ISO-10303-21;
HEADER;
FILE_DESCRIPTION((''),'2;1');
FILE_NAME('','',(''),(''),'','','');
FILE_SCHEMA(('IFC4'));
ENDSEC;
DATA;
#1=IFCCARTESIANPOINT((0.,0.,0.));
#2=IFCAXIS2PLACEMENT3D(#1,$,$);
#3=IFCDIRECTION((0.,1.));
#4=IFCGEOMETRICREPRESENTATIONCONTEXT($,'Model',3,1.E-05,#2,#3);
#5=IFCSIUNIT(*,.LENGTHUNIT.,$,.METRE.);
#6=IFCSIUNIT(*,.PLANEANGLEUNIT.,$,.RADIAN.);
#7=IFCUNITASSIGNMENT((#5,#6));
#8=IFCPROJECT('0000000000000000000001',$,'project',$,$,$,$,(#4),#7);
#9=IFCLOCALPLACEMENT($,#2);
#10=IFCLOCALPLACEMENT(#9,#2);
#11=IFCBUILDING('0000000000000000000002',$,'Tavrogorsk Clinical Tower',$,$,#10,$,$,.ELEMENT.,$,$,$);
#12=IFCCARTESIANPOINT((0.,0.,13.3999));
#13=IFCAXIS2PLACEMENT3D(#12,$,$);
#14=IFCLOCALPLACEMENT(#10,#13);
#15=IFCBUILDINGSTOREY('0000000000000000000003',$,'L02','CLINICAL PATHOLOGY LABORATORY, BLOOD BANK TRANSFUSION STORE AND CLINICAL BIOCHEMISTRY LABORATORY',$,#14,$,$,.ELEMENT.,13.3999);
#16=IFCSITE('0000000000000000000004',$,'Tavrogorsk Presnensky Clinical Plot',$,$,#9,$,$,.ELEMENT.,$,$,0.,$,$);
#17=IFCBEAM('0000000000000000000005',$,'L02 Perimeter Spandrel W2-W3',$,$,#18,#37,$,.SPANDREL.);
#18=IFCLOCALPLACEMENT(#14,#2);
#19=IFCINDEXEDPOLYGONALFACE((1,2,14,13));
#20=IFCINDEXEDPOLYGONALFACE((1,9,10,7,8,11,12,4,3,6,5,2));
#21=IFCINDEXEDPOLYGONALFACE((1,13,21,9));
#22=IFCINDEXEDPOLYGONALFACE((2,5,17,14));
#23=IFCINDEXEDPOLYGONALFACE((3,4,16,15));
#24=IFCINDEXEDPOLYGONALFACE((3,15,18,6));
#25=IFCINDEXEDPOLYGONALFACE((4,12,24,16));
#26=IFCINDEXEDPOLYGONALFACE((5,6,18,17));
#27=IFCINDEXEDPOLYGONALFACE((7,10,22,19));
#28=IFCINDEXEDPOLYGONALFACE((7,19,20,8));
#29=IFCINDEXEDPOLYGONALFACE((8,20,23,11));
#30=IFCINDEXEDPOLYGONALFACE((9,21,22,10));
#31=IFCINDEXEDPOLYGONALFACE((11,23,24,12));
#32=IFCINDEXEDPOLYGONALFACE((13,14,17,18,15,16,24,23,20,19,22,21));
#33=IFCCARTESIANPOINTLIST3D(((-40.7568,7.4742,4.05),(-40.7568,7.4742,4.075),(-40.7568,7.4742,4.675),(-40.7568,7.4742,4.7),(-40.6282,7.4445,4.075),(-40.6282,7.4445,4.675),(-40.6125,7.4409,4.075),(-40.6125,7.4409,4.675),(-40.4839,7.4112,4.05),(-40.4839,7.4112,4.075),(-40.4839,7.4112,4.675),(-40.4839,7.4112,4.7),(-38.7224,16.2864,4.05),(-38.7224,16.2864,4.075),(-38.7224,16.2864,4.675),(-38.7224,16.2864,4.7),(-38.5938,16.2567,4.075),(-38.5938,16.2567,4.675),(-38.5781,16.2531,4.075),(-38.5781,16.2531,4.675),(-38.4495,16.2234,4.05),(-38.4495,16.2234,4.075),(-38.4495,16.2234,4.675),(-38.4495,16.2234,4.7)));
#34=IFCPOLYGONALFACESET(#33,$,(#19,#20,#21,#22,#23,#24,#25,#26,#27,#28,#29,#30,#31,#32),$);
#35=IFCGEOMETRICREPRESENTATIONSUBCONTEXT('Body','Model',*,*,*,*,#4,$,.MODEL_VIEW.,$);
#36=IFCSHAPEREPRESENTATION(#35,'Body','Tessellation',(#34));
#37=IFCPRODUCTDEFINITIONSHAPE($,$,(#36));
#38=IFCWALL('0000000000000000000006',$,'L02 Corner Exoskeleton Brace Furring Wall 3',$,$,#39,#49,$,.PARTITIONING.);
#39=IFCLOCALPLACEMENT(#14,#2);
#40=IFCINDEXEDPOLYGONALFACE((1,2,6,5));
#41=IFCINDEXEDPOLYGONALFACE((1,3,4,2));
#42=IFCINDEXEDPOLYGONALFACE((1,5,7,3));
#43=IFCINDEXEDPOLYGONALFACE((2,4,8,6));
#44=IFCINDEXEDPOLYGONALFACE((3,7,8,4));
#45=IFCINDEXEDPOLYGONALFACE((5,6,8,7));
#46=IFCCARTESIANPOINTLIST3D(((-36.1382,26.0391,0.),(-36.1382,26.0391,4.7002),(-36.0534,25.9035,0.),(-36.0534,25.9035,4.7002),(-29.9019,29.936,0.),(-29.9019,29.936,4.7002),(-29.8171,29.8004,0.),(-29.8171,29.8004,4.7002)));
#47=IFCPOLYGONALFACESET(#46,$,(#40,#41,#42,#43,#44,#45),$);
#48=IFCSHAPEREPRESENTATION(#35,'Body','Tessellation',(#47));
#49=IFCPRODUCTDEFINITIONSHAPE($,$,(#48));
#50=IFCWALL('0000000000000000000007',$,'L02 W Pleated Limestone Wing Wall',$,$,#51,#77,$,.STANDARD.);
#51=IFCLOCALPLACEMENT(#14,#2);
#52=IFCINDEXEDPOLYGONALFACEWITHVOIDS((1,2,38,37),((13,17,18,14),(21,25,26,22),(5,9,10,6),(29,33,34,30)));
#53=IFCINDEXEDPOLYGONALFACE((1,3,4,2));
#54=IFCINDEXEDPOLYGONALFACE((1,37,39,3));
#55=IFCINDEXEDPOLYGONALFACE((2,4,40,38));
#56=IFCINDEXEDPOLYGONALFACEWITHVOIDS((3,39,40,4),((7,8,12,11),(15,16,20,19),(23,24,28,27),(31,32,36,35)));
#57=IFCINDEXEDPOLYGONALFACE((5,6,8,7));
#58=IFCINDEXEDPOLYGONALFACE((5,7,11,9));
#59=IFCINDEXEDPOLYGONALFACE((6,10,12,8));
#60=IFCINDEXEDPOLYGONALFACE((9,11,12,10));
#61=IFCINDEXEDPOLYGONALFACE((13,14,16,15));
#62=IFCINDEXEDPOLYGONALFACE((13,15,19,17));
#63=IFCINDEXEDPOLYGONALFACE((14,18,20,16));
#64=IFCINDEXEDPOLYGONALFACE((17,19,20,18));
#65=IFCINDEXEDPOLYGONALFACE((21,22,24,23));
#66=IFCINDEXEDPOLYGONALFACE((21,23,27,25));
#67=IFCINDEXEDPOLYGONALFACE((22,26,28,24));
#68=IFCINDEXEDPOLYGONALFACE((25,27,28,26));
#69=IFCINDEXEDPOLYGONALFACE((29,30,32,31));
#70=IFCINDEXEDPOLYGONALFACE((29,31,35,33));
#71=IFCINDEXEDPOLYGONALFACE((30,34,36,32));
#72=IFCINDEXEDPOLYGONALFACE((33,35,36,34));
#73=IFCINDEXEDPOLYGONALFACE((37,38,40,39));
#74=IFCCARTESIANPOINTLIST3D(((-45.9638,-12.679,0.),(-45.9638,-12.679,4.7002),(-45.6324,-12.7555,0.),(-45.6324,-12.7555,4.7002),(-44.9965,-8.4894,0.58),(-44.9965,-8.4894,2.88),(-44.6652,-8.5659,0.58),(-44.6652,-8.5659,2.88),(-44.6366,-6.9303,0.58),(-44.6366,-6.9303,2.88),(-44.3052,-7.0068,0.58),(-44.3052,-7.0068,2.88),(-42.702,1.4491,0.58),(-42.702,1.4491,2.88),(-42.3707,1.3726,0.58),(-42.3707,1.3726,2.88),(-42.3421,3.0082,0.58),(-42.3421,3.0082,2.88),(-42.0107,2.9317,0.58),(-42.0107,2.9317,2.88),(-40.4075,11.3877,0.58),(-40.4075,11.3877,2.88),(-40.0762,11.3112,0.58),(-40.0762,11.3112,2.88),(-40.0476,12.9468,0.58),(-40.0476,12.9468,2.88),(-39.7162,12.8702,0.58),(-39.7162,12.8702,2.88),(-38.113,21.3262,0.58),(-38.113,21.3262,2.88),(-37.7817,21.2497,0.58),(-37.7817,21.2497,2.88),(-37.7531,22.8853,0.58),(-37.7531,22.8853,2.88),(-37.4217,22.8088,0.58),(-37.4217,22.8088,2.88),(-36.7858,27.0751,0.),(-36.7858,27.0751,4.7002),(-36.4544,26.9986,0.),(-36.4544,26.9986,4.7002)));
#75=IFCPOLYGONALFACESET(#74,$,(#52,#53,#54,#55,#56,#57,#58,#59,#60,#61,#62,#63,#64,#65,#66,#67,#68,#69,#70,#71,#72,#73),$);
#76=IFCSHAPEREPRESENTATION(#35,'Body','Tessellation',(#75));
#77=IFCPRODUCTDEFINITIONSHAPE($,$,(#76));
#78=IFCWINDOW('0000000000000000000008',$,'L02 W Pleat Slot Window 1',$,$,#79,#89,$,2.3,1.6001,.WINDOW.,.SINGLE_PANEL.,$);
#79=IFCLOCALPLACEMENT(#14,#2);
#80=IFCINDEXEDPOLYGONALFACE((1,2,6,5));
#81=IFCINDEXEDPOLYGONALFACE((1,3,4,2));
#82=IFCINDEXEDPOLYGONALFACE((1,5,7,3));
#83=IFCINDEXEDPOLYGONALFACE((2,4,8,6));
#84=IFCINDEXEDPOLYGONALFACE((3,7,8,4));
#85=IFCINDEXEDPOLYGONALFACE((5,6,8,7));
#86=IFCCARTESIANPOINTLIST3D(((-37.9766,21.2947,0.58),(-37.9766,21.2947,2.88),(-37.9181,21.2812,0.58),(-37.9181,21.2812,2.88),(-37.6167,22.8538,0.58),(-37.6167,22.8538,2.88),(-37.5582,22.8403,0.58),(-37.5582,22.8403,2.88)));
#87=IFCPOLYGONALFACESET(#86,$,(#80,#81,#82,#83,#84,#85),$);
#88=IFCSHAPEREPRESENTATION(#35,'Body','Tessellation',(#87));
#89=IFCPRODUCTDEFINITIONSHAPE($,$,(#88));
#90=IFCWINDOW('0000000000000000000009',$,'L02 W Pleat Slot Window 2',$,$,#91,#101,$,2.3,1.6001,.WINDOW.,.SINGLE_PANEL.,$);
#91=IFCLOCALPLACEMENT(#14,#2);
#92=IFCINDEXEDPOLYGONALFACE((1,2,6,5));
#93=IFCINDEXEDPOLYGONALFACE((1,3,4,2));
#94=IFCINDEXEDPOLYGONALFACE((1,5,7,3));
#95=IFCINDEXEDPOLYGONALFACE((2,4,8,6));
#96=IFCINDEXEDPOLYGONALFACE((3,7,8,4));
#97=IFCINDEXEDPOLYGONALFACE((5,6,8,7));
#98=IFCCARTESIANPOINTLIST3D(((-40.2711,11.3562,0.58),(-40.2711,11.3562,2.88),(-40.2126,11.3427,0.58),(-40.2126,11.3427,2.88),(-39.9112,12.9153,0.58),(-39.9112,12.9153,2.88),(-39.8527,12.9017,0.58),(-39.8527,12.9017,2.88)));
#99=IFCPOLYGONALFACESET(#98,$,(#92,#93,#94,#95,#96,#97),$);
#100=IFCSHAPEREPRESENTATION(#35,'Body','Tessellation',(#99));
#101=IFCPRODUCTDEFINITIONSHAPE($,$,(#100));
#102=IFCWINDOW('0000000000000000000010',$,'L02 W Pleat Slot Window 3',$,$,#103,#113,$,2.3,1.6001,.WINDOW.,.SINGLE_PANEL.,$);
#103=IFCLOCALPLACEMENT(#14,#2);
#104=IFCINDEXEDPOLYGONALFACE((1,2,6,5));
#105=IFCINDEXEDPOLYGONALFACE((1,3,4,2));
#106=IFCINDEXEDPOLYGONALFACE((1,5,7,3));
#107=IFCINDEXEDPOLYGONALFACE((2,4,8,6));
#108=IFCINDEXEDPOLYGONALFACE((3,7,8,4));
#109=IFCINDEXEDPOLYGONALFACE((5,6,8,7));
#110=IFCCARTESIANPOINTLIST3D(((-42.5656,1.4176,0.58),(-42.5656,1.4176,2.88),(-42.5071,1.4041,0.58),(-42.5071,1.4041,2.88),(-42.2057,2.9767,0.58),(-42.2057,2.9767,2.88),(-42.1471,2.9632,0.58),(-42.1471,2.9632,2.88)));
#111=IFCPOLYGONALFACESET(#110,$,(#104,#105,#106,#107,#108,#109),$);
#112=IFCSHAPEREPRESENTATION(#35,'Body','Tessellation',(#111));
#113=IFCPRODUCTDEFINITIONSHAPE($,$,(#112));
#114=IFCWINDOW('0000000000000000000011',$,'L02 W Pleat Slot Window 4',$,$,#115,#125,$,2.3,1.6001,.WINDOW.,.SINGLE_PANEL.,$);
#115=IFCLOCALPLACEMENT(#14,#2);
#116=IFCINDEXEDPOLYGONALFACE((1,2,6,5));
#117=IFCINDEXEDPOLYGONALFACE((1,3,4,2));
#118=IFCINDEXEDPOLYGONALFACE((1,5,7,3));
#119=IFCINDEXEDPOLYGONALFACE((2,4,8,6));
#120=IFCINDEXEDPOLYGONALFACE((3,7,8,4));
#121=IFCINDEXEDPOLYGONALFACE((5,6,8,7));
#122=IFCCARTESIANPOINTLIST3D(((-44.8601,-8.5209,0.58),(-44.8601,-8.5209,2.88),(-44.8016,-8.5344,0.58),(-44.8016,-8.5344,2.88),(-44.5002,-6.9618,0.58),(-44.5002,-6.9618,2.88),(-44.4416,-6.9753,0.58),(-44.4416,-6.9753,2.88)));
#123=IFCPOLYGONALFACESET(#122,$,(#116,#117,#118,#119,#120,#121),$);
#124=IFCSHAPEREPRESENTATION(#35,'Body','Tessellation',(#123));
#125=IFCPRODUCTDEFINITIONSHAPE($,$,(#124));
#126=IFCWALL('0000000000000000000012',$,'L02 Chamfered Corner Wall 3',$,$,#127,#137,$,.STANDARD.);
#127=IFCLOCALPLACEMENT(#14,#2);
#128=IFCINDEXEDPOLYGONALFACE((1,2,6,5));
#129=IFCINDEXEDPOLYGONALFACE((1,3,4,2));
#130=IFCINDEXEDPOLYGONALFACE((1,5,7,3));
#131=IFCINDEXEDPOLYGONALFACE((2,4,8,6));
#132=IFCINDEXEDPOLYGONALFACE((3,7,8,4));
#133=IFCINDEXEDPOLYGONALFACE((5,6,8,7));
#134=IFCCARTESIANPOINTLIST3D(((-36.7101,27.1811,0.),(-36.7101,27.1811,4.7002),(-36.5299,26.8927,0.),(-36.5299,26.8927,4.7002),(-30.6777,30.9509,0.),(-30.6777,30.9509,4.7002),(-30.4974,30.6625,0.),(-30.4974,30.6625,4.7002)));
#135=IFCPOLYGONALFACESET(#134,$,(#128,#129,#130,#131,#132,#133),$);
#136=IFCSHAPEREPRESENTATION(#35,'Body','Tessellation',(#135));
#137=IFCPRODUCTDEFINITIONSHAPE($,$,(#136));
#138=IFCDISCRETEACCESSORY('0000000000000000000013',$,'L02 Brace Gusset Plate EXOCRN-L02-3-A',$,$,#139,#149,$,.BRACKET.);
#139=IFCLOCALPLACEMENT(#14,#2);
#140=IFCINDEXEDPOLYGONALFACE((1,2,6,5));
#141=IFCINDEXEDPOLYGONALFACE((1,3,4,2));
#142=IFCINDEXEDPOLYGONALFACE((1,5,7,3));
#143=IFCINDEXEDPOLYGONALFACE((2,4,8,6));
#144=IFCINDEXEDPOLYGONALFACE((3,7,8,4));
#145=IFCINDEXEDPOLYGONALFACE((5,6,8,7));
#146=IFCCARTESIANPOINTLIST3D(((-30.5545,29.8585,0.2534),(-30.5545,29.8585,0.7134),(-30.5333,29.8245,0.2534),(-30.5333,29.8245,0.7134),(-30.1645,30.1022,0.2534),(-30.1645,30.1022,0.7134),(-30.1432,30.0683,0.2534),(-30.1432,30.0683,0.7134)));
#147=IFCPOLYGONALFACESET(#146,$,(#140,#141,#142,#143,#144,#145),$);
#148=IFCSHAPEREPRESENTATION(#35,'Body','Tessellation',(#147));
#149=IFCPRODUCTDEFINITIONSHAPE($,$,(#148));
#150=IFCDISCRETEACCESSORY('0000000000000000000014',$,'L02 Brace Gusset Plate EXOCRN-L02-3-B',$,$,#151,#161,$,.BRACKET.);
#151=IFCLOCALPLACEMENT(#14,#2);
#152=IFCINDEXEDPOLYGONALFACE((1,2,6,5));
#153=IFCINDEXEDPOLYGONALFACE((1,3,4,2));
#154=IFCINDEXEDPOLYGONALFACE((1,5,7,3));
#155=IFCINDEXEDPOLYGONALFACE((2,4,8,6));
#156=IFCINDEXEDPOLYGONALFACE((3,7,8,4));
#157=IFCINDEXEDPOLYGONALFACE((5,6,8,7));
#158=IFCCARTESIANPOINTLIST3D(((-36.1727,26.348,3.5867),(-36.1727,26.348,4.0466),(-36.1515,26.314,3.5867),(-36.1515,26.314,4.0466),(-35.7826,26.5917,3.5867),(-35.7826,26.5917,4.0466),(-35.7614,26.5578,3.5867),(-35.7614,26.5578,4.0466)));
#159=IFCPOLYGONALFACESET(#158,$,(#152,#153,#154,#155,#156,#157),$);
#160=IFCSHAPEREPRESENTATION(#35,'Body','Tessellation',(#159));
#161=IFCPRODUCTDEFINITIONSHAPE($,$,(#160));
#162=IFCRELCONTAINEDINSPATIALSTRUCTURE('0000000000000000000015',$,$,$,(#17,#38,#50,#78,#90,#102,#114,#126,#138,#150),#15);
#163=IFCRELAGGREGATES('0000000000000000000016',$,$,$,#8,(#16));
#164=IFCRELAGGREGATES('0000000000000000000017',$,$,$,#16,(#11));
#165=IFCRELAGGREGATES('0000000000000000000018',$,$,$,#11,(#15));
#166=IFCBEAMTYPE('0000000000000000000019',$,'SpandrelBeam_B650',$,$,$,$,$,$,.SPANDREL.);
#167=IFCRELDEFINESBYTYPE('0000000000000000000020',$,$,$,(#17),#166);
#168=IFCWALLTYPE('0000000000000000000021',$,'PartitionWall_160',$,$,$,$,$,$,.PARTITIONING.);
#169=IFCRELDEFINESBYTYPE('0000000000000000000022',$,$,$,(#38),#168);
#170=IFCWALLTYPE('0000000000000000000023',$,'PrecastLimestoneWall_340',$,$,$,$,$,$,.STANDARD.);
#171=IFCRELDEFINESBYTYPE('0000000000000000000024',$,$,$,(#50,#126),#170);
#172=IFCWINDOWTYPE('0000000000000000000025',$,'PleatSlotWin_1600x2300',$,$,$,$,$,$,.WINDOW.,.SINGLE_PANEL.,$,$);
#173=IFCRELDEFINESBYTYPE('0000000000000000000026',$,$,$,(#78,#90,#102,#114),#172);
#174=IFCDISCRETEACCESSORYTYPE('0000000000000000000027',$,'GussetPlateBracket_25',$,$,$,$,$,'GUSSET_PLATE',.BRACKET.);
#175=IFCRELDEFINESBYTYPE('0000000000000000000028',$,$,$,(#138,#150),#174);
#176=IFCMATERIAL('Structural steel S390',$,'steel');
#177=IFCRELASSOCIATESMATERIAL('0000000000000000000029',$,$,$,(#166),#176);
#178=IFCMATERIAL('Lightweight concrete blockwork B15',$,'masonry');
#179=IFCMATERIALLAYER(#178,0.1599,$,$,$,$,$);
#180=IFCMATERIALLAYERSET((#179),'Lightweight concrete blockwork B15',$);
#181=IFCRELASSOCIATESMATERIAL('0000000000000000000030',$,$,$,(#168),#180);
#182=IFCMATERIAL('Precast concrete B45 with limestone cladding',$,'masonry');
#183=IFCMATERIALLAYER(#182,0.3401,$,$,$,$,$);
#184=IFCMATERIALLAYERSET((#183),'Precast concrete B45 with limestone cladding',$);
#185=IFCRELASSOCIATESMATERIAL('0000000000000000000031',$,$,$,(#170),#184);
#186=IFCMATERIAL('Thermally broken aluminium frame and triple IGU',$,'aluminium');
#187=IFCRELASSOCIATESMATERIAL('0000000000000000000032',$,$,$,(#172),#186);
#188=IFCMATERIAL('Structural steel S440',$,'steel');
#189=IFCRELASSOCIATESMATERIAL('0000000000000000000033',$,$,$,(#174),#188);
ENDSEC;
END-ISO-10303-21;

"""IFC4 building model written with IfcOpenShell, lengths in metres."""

from ifc_helpers import new_model, si_unit, direction, frame, frame_2d, origin, origin_2d, place, context, subcontext, project, spatial, rectangle, i_section, extrude, material, layer, layer_set, material_profile, profile_set, type_object, element, fill, save


model = new_model("IFC4")

# Units and contexts
model_context = context("Model", 3, precision=1e-05, world=origin(), true_north=direction((0.0, 1.0)))
body_context = subcontext(model_context, "Body", "Model", "MODEL_VIEW")
ifc_project = project(units=[si_unit("LENGTHUNIT", "METRE"), si_unit("PLANEANGLEUNIT", "RADIAN")], contexts=[model_context])

# Site, building, storey
site_placement = place(None, origin())
site = spatial("IfcSite", under=ifc_project, at=site_placement, Name="Tavrogorsk Presnensky Clinical Plot", CompositionType="ELEMENT", RefElevation=0.0)
building_placement = place(site_placement, origin())
building = spatial("IfcBuilding", under=site, at=building_placement, Name="Tavrogorsk Clinical Tower", CompositionType="ELEMENT")
storey_placement = place(building_placement, frame((0.0, 0.0, 13.3999)))
storey = spatial("IfcBuildingStorey", under=building, at=storey_placement, Name="L02", Description="CLINICAL PATHOLOGY LABORATORY, BLOOD BANK TRANSFUSION STORE AND CLINICAL BIOCHEMISTRY LABORATORY", CompositionType="ELEMENT", Elevation=13.3999)

# Beam
ifc_material_1 = material(Name="Structural steel S390", Category="steel")
ifc_material_profile_1 = material_profile(ifc_material_1, i_section(OverallWidth=0.28, OverallDepth=0.6499, WebThickness=0.0161, FlangeThickness=0.0249, at=origin_2d()), Name="B-650x280x16x25")
ifc_profile_set_1 = profile_set([ifc_material_profile_1], Name="Structural steel S390")
beam_type_1 = type_object("IfcBeamType", Name="SpandrelBeam_B650", PredefinedType="SPANDREL", material=ifc_profile_set_1)
beam_1_placement = place(storey_placement, frame((-38.5859, 16.2549, 4.375), z_axis=(-0.224946, -0.974371, 0.0), x_axis=(0.974371, -0.224946, 0.0)))
element("IfcBeam", 1, at=beam_1_placement, inside=storey, type_object=beam_type_1, Name="L02 Perimeter Spandrel W2-W3", PredefinedType="SPANDREL", context=body_context, shape_type="SweptSolid", body=[
    extrude(i_section(OverallWidth=0.28, OverallDepth=0.6499, WebThickness=0.0161, FlangeThickness=0.0249, at=origin_2d()), origin(), (0.0, 0.0, 1.0), 9.0439),
])

# Wall
ifc_material_2 = material(Name="Lightweight concrete blockwork B15", Category="masonry")
ifc_layer_1 = layer(ifc_material_2, 0.1599)
ifc_layer_set_1 = layer_set([ifc_layer_1], Name="Lightweight concrete blockwork B15")
wall_type_1 = type_object("IfcWallType", Name="PartitionWall_160", PredefinedType="PARTITIONING", material=ifc_layer_set_1)
wall_1_placement = place(storey_placement, frame((-29.8596, 29.8682, 0.0), z_axis=(0.0, 0.0, 1.0), x_axis=(-0.848043, -0.529927, 0.0)))
element("IfcWall", 2, at=wall_1_placement, inside=storey, type_object=wall_type_1, Name="L02 Corner Exoskeleton Brace Furring Wall 3", PredefinedType="PARTITIONING", context=body_context, shape_type="SweptSolid", body=[
    extrude(rectangle(XDim=7.3538, YDim=0.1599, at=frame_2d((3.6768, 0.0))), origin(), (0.0, 0.0, 1.0), 4.7002),
])

# Wall, openings, windows
ifc_material_3 = material(Name="Precast concrete B45 with limestone cladding", Category="masonry")
ifc_layer_2 = layer(ifc_material_3, 0.3401)
ifc_layer_set_2 = layer_set([ifc_layer_2], Name="Precast concrete B45 with limestone cladding")
wall_type_2 = type_object("IfcWallType", Name="PrecastLimestoneWall_340", PredefinedType="STANDARD", material=ifc_layer_set_2)
wall_2_placement = place(storey_placement, frame((-36.6201, 27.0369, 0.0), z_axis=(0.0, 0.0, 1.0), x_axis=(-0.224951, -0.97437, 0.0)))
wall_2 = element("IfcWall", 3, at=wall_2_placement, inside=storey, type_object=wall_type_2, Name="L02 W Pleated Limestone Wing Wall", PredefinedType="STANDARD", context=body_context, shape_type="SweptSolid", body=[
    extrude(rectangle(XDim=40.7998, YDim=0.3401, at=frame_2d((20.3999, 0.0))), origin(), (0.0, 0.0, 1.0), 4.7002),
])
opening_1_placement = place(wall_2_placement, frame((4.3, 0.0, 0.5801)))
opening_1 = element("IfcOpeningElement", 4, at=opening_1_placement, cuts=wall_2, PredefinedType="OPENING", context=body_context, shape_type="SweptSolid", body=[
    extrude(rectangle(XDim=1.6001, YDim=2.3, at=frame_2d((0.8, 1.1499))), frame((0.0, 0.1799, 0.0), z_axis=(0.0, -1.0, 0.0), x_axis=(1.0, 0.0, 0.0)), (0.0, 0.0, 1.0), 0.3601),
])
opening_2_placement = place(wall_2_placement, frame((14.5, 0.0, 0.5801)))
opening_2 = element("IfcOpeningElement", 5, at=opening_2_placement, cuts=wall_2, PredefinedType="OPENING", context=body_context, shape_type="SweptSolid", body=[
    extrude(rectangle(XDim=1.6001, YDim=2.3, at=frame_2d((0.8, 1.1499))), frame((0.0, 0.1799, 0.0), z_axis=(0.0, -1.0, 0.0), x_axis=(1.0, 0.0, 0.0)), (0.0, 0.0, 1.0), 0.3601),
])
opening_3_placement = place(wall_2_placement, frame((24.7, 0.0, 0.5801)))
opening_3 = element("IfcOpeningElement", 6, at=opening_3_placement, cuts=wall_2, PredefinedType="OPENING", context=body_context, shape_type="SweptSolid", body=[
    extrude(rectangle(XDim=1.6001, YDim=2.3, at=frame_2d((0.8, 1.1499))), frame((0.0, 0.1799, 0.0), z_axis=(0.0, -1.0, 0.0), x_axis=(1.0, 0.0, 0.0)), (0.0, 0.0, 1.0), 0.3601),
])
opening_4_placement = place(wall_2_placement, frame((34.8999, 0.0, 0.5801)))
opening_4 = element("IfcOpeningElement", 7, at=opening_4_placement, cuts=wall_2, PredefinedType="OPENING", context=body_context, shape_type="SweptSolid", body=[
    extrude(rectangle(XDim=1.6001, YDim=2.3, at=frame_2d((0.8, 1.1499))), frame((0.0, 0.1799, 0.0), z_axis=(0.0, -1.0, 0.0), x_axis=(1.0, 0.0, 0.0)), (0.0, 0.0, 1.0), 0.3601),
])
ifc_material_4 = material(Name="Thermally broken aluminium frame and triple IGU", Category="aluminium")
window_type = type_object("IfcWindowType", Name="PleatSlotWin_1600x2300", PartitioningType="SINGLE_PANEL", PredefinedType="WINDOW", material=ifc_material_4)
window_1_placement = place(opening_1_placement, origin())
window_1 = element("IfcWindow", 8, at=window_1_placement, inside=storey, type_object=window_type, Name="L02 W Pleat Slot Window 1", OverallHeight=2.3, OverallWidth=1.6001, PartitioningType="SINGLE_PANEL", PredefinedType="WINDOW", context=body_context, shape_type="SweptSolid", body=[
    extrude(rectangle(XDim=1.6001, YDim=2.3, at=frame_2d((0.8, 1.1499))), frame((0.0, 0.03, 0.0), z_axis=(0.0, -1.0, 0.0), x_axis=(1.0, 0.0, 0.0)), (0.0, 0.0, 1.0), 0.0601),
])
fill(opening_1, window_1)
window_2_placement = place(opening_2_placement, origin())
window_2 = element("IfcWindow", 9, at=window_2_placement, inside=storey, type_object=window_type, Name="L02 W Pleat Slot Window 2", OverallHeight=2.3, OverallWidth=1.6001, PartitioningType="SINGLE_PANEL", PredefinedType="WINDOW", context=body_context, shape_type="SweptSolid", body=[
    extrude(rectangle(XDim=1.6001, YDim=2.3, at=frame_2d((0.8, 1.1499))), frame((0.0, 0.03, 0.0), z_axis=(0.0, -1.0, 0.0), x_axis=(1.0, 0.0, 0.0)), (0.0, 0.0, 1.0), 0.0601),
])
fill(opening_2, window_2)
window_3_placement = place(opening_3_placement, origin())
window_3 = element("IfcWindow", 10, at=window_3_placement, inside=storey, type_object=window_type, Name="L02 W Pleat Slot Window 3", OverallHeight=2.3, OverallWidth=1.6001, PartitioningType="SINGLE_PANEL", PredefinedType="WINDOW", context=body_context, shape_type="SweptSolid", body=[
    extrude(rectangle(XDim=1.6001, YDim=2.3, at=frame_2d((0.8, 1.1499))), frame((0.0, 0.03, 0.0), z_axis=(0.0, -1.0, 0.0), x_axis=(1.0, 0.0, 0.0)), (0.0, 0.0, 1.0), 0.0601),
])
fill(opening_3, window_3)
window_4_placement = place(opening_4_placement, origin())
window_4 = element("IfcWindow", 11, at=window_4_placement, inside=storey, type_object=window_type, Name="L02 W Pleat Slot Window 4", OverallHeight=2.3, OverallWidth=1.6001, PartitioningType="SINGLE_PANEL", PredefinedType="WINDOW", context=body_context, shape_type="SweptSolid", body=[
    extrude(rectangle(XDim=1.6001, YDim=2.3, at=frame_2d((0.8, 1.1499))), frame((0.0, 0.03, 0.0), z_axis=(0.0, -1.0, 0.0), x_axis=(1.0, 0.0, 0.0)), (0.0, 0.0, 1.0), 0.0601),
])
fill(opening_4, window_4)

# Wall
wall_3_placement = place(storey_placement, frame((-30.5876, 30.8066, 0.0), z_axis=(0.0, 0.0, 1.0), x_axis=(-0.848031, -0.529946, 0.0)))
element("IfcWall", 12, at=wall_3_placement, inside=storey, type_object=wall_type_2, Name="L02 Chamfered Corner Wall 3", PredefinedType="STANDARD", context=body_context, shape_type="SweptSolid", body=[
    extrude(rectangle(XDim=7.1135, YDim=0.3401, at=frame_2d((3.5566, 0.0))), origin(), (0.0, 0.0, 1.0), 4.7002),
])

# Discrete accessories
ifc_material_5 = material(Name="Structural steel S440", Category="steel")
discrete_accessory_type = type_object("IfcDiscreteAccessoryType", Name="GussetPlateBracket_25", ElementType="GUSSET_PLATE", PredefinedType="BRACKET", material=ifc_material_5)
for number, where, z_axis, x_axis, name in (
    (13, (-30.3489, 29.9634, 0.2534), (0.0, 0.0, 1.0), (-0.848048, -0.529919, 0.0), "L02 Brace Gusset Plate EXOCRN-L02-3-A"),
    (14, (-35.967, 26.4529, 3.5867), (0.0, 0.0, 1.0), (-0.848048, -0.529919, 0.0), "L02 Brace Gusset Plate EXOCRN-L02-3-B"),
):
    element("IfcDiscreteAccessory", number, at=place(storey_placement, frame(where, z_axis=z_axis, x_axis=x_axis)), inside=storey, type_object=discrete_accessory_type, Name=name, PredefinedType="BRACKET", context=body_context, shape_type="SweptSolid", body=[
        extrude(rectangle(XDim=0.46, YDim=0.04, at=origin_2d()), origin(), (0.0, 0.0, 1.0), 0.46),
    ])

save(model, "model.ifc")
